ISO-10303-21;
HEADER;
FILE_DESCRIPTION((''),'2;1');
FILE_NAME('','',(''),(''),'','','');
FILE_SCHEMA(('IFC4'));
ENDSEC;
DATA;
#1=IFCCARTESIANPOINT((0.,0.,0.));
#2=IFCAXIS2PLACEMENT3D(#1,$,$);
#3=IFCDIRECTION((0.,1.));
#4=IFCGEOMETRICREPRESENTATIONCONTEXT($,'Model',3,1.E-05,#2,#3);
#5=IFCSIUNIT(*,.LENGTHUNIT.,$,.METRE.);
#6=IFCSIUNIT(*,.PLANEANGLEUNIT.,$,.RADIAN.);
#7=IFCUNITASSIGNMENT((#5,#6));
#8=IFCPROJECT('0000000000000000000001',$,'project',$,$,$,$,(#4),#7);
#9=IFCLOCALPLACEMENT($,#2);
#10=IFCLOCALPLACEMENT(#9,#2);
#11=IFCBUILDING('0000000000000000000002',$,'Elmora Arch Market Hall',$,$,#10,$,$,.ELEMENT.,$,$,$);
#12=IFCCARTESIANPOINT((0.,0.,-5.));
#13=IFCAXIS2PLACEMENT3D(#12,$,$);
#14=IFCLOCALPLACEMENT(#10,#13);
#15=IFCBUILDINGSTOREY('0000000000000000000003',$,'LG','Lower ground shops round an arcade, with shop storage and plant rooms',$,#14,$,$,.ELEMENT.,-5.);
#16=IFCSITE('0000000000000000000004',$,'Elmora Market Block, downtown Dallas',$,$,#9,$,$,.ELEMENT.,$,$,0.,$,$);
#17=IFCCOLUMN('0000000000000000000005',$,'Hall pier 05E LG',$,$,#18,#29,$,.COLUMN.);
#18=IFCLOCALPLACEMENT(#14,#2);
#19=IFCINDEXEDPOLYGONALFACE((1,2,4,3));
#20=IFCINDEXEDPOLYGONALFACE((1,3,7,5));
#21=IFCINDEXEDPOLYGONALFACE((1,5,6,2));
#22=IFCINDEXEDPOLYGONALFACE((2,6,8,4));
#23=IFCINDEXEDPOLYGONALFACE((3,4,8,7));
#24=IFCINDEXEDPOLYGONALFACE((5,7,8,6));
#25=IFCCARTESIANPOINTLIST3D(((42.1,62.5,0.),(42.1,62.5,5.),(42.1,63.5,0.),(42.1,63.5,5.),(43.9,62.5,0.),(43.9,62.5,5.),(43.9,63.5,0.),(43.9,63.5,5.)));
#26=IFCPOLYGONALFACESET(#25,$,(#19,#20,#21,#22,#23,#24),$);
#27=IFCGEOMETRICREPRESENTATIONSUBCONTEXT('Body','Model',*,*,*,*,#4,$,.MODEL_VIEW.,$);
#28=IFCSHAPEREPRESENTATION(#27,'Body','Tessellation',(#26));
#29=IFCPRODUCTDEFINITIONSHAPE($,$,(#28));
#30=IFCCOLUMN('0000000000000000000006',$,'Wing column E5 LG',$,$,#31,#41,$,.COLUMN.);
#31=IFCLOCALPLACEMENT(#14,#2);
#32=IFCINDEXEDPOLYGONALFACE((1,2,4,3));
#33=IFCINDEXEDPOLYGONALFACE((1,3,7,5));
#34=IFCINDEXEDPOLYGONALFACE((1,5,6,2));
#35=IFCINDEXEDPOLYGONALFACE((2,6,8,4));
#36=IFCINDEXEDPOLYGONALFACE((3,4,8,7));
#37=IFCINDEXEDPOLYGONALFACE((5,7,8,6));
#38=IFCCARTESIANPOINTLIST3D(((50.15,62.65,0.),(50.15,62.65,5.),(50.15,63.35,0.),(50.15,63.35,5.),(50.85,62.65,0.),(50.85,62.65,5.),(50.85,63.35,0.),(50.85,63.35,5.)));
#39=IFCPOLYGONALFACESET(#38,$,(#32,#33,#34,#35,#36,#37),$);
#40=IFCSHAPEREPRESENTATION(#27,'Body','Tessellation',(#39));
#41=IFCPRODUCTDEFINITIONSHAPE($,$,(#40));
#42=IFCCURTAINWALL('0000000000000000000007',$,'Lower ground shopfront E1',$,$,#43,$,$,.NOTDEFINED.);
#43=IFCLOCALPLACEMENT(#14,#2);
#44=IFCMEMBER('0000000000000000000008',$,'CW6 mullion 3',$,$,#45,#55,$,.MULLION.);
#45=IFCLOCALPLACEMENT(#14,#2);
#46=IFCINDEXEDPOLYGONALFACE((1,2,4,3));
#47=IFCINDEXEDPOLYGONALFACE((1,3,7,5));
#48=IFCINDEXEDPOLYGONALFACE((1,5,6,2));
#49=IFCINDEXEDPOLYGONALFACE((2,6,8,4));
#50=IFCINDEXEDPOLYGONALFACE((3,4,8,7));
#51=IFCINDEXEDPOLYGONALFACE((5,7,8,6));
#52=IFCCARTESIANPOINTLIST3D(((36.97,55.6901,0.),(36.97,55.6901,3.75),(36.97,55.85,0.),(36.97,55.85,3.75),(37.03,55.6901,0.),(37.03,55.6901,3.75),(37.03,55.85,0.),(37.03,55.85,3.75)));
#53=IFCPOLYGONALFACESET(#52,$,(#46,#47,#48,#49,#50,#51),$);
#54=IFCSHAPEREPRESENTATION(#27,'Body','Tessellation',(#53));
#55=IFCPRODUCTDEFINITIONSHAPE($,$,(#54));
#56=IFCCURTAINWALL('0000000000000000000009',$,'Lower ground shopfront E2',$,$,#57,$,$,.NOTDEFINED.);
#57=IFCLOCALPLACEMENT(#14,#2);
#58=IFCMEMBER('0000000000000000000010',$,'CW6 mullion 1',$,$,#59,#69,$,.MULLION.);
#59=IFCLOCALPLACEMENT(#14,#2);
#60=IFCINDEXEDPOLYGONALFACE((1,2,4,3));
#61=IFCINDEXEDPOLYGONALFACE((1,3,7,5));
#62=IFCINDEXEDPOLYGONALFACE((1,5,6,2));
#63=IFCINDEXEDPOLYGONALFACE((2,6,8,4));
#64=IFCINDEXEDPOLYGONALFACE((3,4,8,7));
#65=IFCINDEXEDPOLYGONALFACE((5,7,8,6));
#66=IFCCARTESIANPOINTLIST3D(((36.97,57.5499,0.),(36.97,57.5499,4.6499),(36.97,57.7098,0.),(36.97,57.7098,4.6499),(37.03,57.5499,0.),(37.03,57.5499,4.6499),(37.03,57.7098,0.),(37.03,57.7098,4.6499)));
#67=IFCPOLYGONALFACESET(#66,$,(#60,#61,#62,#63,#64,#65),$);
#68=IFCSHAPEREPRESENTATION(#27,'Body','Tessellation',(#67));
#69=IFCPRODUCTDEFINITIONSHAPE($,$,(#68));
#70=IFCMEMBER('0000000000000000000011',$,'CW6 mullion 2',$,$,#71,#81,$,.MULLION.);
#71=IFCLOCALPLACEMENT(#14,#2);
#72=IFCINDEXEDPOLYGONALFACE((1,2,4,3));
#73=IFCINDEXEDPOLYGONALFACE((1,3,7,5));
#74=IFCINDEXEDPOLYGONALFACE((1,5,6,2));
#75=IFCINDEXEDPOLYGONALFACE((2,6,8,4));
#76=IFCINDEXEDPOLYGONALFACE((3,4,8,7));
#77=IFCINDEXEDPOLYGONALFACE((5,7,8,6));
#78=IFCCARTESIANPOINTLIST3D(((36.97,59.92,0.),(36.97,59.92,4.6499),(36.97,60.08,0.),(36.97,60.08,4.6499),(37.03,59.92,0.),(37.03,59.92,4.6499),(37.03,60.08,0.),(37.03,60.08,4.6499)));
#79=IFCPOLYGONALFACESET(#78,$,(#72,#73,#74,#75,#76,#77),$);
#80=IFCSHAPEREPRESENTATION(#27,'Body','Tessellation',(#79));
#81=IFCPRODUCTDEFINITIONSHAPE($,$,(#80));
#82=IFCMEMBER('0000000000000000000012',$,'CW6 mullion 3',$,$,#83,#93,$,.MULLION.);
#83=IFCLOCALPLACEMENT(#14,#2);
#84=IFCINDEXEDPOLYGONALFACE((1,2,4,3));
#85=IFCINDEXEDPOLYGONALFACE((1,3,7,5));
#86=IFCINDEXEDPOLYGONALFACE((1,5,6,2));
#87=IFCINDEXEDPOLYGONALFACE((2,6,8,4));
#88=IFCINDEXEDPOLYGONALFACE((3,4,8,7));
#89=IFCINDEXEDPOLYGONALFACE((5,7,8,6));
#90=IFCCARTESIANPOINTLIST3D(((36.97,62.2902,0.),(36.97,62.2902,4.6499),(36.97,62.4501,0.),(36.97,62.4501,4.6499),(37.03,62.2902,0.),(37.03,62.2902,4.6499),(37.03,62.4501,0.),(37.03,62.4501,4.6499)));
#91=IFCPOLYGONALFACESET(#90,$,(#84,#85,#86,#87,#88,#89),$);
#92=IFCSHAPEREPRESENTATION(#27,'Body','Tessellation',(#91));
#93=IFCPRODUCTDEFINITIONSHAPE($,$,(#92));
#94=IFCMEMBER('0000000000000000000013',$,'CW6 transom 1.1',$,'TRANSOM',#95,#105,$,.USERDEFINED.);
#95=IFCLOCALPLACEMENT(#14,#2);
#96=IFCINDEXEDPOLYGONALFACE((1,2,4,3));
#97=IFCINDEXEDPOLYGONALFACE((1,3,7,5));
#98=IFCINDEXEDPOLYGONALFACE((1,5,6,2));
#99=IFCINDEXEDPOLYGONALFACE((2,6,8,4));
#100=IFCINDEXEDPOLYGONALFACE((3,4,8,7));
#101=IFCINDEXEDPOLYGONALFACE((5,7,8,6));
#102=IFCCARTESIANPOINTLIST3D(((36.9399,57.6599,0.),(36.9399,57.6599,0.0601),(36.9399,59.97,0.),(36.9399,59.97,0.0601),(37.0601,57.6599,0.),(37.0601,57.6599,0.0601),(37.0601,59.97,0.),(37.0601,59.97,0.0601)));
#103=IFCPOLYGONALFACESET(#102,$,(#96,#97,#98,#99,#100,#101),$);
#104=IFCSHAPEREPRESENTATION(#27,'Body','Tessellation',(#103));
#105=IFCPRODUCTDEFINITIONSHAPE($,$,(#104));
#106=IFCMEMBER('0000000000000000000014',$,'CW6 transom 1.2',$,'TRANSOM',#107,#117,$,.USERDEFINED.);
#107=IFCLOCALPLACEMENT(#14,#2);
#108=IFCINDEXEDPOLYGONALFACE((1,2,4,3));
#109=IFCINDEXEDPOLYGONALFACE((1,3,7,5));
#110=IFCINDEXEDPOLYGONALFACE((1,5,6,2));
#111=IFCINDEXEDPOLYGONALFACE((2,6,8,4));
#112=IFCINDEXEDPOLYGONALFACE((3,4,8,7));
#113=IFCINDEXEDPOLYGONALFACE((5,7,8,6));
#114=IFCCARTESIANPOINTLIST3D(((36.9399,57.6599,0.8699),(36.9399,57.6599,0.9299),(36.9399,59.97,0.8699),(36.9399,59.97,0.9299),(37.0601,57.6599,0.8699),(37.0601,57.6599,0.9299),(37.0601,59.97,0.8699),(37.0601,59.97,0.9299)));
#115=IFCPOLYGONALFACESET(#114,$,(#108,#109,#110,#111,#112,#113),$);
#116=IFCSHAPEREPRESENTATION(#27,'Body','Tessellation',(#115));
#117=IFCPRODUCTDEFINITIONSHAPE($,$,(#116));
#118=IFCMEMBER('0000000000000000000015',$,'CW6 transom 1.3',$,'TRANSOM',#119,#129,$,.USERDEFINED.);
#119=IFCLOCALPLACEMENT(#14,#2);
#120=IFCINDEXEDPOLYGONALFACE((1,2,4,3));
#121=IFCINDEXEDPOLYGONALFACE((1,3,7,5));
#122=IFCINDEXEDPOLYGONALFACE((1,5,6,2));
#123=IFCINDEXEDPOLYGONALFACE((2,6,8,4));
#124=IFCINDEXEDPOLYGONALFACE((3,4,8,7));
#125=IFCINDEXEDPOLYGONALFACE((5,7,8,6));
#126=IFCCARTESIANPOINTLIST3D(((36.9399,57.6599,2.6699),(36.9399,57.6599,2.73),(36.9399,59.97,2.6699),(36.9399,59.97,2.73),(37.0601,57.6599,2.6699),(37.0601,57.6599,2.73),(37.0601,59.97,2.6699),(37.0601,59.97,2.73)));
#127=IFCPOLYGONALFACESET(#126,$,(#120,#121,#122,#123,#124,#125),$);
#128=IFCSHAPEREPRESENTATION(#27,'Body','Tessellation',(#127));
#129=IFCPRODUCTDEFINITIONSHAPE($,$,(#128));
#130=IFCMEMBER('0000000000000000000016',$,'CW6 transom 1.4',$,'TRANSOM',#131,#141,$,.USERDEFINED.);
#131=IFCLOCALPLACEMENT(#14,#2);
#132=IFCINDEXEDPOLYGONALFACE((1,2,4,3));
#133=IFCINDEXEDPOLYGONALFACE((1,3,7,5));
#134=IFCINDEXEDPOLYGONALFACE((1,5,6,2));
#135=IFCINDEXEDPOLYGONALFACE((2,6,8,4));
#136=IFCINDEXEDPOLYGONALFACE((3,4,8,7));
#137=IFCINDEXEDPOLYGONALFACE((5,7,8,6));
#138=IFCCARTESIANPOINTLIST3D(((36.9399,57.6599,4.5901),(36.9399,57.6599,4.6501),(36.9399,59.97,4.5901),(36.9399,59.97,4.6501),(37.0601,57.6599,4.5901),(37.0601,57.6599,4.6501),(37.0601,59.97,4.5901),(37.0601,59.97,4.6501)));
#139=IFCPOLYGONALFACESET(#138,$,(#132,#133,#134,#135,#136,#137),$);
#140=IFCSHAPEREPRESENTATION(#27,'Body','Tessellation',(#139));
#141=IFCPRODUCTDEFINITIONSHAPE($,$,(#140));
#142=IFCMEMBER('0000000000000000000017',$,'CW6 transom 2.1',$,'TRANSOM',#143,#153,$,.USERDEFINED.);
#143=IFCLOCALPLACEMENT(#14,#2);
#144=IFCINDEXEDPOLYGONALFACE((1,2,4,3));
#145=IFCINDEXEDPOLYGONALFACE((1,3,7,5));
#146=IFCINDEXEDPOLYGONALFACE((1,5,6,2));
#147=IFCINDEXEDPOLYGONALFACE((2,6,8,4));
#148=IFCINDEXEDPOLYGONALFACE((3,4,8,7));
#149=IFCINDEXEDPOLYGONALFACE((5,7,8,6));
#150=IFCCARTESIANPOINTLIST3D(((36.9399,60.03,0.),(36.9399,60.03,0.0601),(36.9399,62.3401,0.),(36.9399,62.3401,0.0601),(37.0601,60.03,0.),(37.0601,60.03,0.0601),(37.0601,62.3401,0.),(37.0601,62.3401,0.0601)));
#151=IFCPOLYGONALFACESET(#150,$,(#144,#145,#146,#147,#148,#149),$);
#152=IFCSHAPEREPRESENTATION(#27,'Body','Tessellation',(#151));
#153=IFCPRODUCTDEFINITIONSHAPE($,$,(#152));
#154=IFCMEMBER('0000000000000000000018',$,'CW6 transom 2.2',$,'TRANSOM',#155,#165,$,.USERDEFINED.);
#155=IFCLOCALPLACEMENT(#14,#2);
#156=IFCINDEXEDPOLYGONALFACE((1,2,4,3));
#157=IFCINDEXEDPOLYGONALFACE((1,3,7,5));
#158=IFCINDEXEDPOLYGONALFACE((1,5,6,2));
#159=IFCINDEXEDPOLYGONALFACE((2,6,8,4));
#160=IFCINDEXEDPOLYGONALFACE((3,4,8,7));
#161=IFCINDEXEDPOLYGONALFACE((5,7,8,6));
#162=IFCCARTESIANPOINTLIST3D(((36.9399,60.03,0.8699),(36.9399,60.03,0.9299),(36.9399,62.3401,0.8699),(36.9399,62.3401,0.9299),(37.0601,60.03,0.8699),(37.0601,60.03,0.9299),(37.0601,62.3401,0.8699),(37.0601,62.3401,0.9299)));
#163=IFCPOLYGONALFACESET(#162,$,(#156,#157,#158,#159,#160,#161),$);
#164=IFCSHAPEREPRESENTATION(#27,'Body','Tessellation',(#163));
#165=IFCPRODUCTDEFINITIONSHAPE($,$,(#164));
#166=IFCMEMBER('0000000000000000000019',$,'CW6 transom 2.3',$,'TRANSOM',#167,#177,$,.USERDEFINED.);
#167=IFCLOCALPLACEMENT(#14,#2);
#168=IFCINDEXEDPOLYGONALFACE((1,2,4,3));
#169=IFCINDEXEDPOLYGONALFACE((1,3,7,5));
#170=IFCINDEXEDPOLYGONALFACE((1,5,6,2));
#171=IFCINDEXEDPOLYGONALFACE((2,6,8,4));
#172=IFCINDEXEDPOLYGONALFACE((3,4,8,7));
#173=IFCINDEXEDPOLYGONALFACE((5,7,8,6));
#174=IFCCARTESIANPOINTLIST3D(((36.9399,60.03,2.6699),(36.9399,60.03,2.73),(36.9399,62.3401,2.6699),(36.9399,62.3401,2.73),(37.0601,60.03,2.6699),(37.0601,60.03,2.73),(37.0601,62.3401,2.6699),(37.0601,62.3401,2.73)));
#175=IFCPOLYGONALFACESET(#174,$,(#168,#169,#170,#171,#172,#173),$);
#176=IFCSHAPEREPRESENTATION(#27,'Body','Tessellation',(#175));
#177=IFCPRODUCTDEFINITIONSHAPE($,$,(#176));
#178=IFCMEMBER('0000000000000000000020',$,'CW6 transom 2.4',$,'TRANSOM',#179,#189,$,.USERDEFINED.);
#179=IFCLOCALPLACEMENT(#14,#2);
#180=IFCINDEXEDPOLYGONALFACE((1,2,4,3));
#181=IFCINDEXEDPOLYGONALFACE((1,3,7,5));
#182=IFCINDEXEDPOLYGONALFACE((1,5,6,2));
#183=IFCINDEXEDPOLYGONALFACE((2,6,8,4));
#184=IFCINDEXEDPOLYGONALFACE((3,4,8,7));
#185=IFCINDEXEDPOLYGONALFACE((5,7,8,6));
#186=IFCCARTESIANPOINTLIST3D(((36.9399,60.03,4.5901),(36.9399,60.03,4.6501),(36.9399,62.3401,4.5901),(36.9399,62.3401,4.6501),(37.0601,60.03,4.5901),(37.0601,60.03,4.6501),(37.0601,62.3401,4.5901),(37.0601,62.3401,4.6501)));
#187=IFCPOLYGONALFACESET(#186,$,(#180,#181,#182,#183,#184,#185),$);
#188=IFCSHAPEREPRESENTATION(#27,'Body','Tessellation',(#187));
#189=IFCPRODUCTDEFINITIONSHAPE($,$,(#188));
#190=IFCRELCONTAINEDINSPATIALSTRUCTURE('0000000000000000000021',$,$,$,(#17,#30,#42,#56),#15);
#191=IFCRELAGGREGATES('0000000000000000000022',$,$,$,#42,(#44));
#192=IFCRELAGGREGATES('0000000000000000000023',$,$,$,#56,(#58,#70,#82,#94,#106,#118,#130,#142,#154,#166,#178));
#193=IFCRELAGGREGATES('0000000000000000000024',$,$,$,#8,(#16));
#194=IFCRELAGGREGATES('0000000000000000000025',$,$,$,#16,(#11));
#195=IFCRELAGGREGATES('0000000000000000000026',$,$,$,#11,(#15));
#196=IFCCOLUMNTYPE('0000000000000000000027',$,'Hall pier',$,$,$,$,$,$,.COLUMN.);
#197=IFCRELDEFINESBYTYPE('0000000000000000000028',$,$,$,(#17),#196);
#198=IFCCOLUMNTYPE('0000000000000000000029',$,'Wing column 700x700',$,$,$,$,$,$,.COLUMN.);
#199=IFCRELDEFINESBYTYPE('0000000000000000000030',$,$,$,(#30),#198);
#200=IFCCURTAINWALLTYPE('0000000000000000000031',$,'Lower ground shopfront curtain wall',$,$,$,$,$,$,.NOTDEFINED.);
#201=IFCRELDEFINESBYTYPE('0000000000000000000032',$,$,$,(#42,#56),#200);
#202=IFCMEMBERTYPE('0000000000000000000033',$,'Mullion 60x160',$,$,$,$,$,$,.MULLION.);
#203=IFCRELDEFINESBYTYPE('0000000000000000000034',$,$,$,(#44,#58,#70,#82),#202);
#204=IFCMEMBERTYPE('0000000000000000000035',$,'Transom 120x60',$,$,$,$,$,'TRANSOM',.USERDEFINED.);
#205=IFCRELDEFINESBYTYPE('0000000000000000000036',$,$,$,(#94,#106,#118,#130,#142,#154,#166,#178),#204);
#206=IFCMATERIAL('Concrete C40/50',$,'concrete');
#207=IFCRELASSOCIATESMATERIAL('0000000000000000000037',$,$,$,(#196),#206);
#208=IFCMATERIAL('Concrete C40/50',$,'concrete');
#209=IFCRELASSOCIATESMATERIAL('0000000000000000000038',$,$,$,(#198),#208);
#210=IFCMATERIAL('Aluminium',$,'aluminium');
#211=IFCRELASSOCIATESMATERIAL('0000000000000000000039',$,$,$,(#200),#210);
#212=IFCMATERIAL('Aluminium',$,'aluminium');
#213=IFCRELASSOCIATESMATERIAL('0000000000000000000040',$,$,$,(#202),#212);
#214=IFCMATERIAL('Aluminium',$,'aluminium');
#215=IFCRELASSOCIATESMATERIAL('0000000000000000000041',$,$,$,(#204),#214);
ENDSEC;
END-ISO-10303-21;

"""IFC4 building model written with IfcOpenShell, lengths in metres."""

from ifc_helpers import new_model, si_unit, direction, frame, origin, origin_2d, place, context, subcontext, project, spatial, rectangle, extrude, material, material_profile, profile_set, type_object, element, aggregate, save


model = new_model("IFC4")

# Units and contexts
model_context = context("Model", 3, precision=1e-05, world=origin(), true_north=direction((0.0, 1.0)))
body_context = subcontext(model_context, "Body", "Model", "MODEL_VIEW")
ifc_project = project(units=[si_unit("LENGTHUNIT", "METRE"), si_unit("PLANEANGLEUNIT", "RADIAN")], contexts=[model_context])

# Site, building, storey
site_placement = place(None, origin())
site = spatial("IfcSite", under=ifc_project, at=site_placement, Name="Elmora Market Block, downtown Dallas", CompositionType="ELEMENT", RefElevation=0.0)
building_placement = place(site_placement, origin())
building = spatial("IfcBuilding", under=site, at=building_placement, Name="Elmora Arch Market Hall", CompositionType="ELEMENT")
storey_placement = place(building_placement, frame((0.0, 0.0, -5.0)))
storey = spatial("IfcBuildingStorey", under=building, at=storey_placement, Name="LG", Description="Lower ground shops round an arcade, with shop storage and plant rooms", CompositionType="ELEMENT", Elevation=-5.0)

# Columns
ifc_material_1 = material(Name="Concrete C40/50", Category="concrete")
ifc_material_profile_1 = material_profile(ifc_material_1, rectangle(XDim=1.8, YDim=1.0, at=origin_2d()), Name="Hall pier")
ifc_profile_set_1 = profile_set([ifc_material_profile_1], Name="Concrete C40/50")
column_type_1 = type_object("IfcColumnType", Name="Hall pier", PredefinedType="COLUMN", material=ifc_profile_set_1)
column_1_placement = place(storey_placement, frame((43.0, 63.0, 0.0), z_axis=(0.0, 0.0, 1.0), x_axis=(1.0, 0.0, 0.0)))
element("IfcColumn", 1, at=column_1_placement, inside=storey, type_object=column_type_1, Name="Hall pier 05E LG", PredefinedType="COLUMN", context=body_context, shape_type="SweptSolid", body=[
    extrude(rectangle(XDim=1.8, YDim=1.0, at=origin_2d()), origin(), (0.0, 0.0, 1.0), 5.0),
])
ifc_material_2 = material(Name="Concrete C40/50", Category="concrete")
ifc_material_profile_2 = material_profile(ifc_material_2, rectangle(XDim=0.7, YDim=0.7, at=origin_2d()), Name="Wing column 700x700")
ifc_profile_set_2 = profile_set([ifc_material_profile_2], Name="Concrete C40/50")
column_type_2 = type_object("IfcColumnType", Name="Wing column 700x700", PredefinedType="COLUMN", material=ifc_profile_set_2)
column_2_placement = place(storey_placement, frame((50.5, 63.0, 0.0), z_axis=(0.0, 0.0, 1.0), x_axis=(1.0, 0.0, 0.0)))
element("IfcColumn", 2, at=column_2_placement, inside=storey, type_object=column_type_2, Name="Wing column E5 LG", PredefinedType="COLUMN", context=body_context, shape_type="SweptSolid", body=[
    extrude(rectangle(XDim=0.7, YDim=0.7, at=origin_2d()), origin(), (0.0, 0.0, 1.0), 5.0),
])

# Curtain wall, member
ifc_material_3 = material(Name="Aluminium", Category="aluminium")
curtain_wall_type = type_object("IfcCurtainWallType", Name="Lower ground shopfront curtain wall", PredefinedType="NOTDEFINED", material=ifc_material_3)
curtain_wall_1_placement = place(storey_placement, origin())
curtain_wall_1 = element("IfcCurtainWall", 3, at=curtain_wall_1_placement, inside=storey, type_object=curtain_wall_type, Name="Lower ground shopfront E1", PredefinedType="NOTDEFINED")
ifc_material_4 = material(Name="Aluminium", Category="aluminium")
ifc_material_profile_3 = material_profile(ifc_material_4, rectangle(XDim=0.0601, YDim=0.1599, at=origin_2d()), Name="AL 60x160")
ifc_profile_set_3 = profile_set([ifc_material_profile_3], Name="Aluminium")
member_type_1 = type_object("IfcMemberType", Name="Mullion 60x160", PredefinedType="MULLION", material=ifc_profile_set_3)
member_1_placement = place(storey_placement, frame((37.0, 55.77, 0.0), z_axis=(0.0, 0.0, 1.0), x_axis=(-1.0, 0.0, 0.0)))
member_1 = element("IfcMember", 4, at=member_1_placement, type_object=member_type_1, Name="CW6 mullion 3", PredefinedType="MULLION", context=body_context, shape_type="SweptSolid", body=[
    extrude(rectangle(XDim=0.0601, YDim=0.1599, at=origin_2d()), origin(), (0.0, 0.0, 1.0), 3.75),
])
aggregate(curtain_wall_1, [member_1])

# Curtain wall, members
curtain_wall_2_placement = place(storey_placement, origin())
curtain_wall_2 = element("IfcCurtainWall", 5, at=curtain_wall_2_placement, inside=storey, type_object=curtain_wall_type, Name="Lower ground shopfront E2", PredefinedType="NOTDEFINED")
member_2_placement = place(storey_placement, frame((37.0, 57.6299, 0.0), z_axis=(0.0, 0.0, 1.0), x_axis=(-1.0, 0.0, 0.0)))
member_2 = element("IfcMember", 6, at=member_2_placement, type_object=member_type_1, Name="CW6 mullion 1", PredefinedType="MULLION", context=body_context, shape_type="SweptSolid", body=[
    extrude(rectangle(XDim=0.0601, YDim=0.1599, at=origin_2d()), origin(), (0.0, 0.0, 1.0), 4.6499),
])
member_3_placement = place(storey_placement, frame((37.0, 60.0, 0.0), z_axis=(0.0, 0.0, 1.0), x_axis=(-1.0, 0.0, 0.0)))
member_3 = element("IfcMember", 7, at=member_3_placement, type_object=member_type_1, Name="CW6 mullion 2", PredefinedType="MULLION", context=body_context, shape_type="SweptSolid", body=[
    extrude(rectangle(XDim=0.0601, YDim=0.1599, at=origin_2d()), origin(), (0.0, 0.0, 1.0), 4.6499),
])
member_4_placement = place(storey_placement, frame((37.0, 62.3701, 0.0), z_axis=(0.0, 0.0, 1.0), x_axis=(-1.0, 0.0, 0.0)))
member_4 = element("IfcMember", 8, at=member_4_placement, type_object=member_type_1, Name="CW6 mullion 3", PredefinedType="MULLION", context=body_context, shape_type="SweptSolid", body=[
    extrude(rectangle(XDim=0.0601, YDim=0.1599, at=origin_2d()), origin(), (0.0, 0.0, 1.0), 4.6499),
])
ifc_material_5 = material(Name="Aluminium", Category="aluminium")
ifc_material_profile_4 = material_profile(ifc_material_5, rectangle(XDim=0.1201, YDim=0.0601, at=origin_2d()), Name="AL 120x60")
ifc_profile_set_4 = profile_set([ifc_material_profile_4], Name="Aluminium")
member_type_2 = type_object("IfcMemberType", Name="Transom 120x60", ElementType="TRANSOM", PredefinedType="USERDEFINED", material=ifc_profile_set_4)
member_5_placement = place(storey_placement, frame((37.0, 57.6599, 0.03), z_axis=(0.0, 1.0, 0.0), x_axis=(-1.0, 0.0, 0.0)))
member_5 = element("IfcMember", 9, at=member_5_placement, type_object=member_type_2, Name="CW6 transom 1.1", ObjectType="TRANSOM", PredefinedType="USERDEFINED", context=body_context, shape_type="SweptSolid", body=[
    extrude(rectangle(XDim=0.1201, YDim=0.0601, at=origin_2d()), origin(), (0.0, 0.0, 1.0), 2.3101),
])
member_6_placement = place(storey_placement, frame((37.0, 57.6599, 0.8999), z_axis=(0.0, 1.0, 0.0), x_axis=(-1.0, 0.0, 0.0)))
member_6 = element("IfcMember", 10, at=member_6_placement, type_object=member_type_2, Name="CW6 transom 1.2", ObjectType="TRANSOM", PredefinedType="USERDEFINED", context=body_context, shape_type="SweptSolid", body=[
    extrude(rectangle(XDim=0.1201, YDim=0.0601, at=origin_2d()), origin(), (0.0, 0.0, 1.0), 2.3101),
])
member_7_placement = place(storey_placement, frame((37.0, 57.6599, 2.7), z_axis=(0.0, 1.0, 0.0), x_axis=(-1.0, 0.0, 0.0)))
member_7 = element("IfcMember", 11, at=member_7_placement, type_object=member_type_2, Name="CW6 transom 1.3", ObjectType="TRANSOM", PredefinedType="USERDEFINED", context=body_context, shape_type="SweptSolid", body=[
    extrude(rectangle(XDim=0.1201, YDim=0.0601, at=origin_2d()), origin(), (0.0, 0.0, 1.0), 2.3101),
])
member_8_placement = place(storey_placement, frame((37.0, 57.6599, 4.6201), z_axis=(0.0, 1.0, 0.0), x_axis=(-1.0, 0.0, 0.0)))
member_8 = element("IfcMember", 12, at=member_8_placement, type_object=member_type_2, Name="CW6 transom 1.4", ObjectType="TRANSOM", PredefinedType="USERDEFINED", context=body_context, shape_type="SweptSolid", body=[
    extrude(rectangle(XDim=0.1201, YDim=0.0601, at=origin_2d()), origin(), (0.0, 0.0, 1.0), 2.3101),
])
member_9_placement = place(storey_placement, frame((37.0, 60.03, 0.03), z_axis=(0.0, 1.0, 0.0), x_axis=(-1.0, 0.0, 0.0)))
member_9 = element("IfcMember", 13, at=member_9_placement, type_object=member_type_2, Name="CW6 transom 2.1", ObjectType="TRANSOM", PredefinedType="USERDEFINED", context=body_context, shape_type="SweptSolid", body=[
    extrude(rectangle(XDim=0.1201, YDim=0.0601, at=origin_2d()), origin(), (0.0, 0.0, 1.0), 2.3101),
])
member_10_placement = place(storey_placement, frame((37.0, 60.03, 0.8999), z_axis=(0.0, 1.0, 0.0), x_axis=(-1.0, 0.0, 0.0)))
member_10 = element("IfcMember", 14, at=member_10_placement, type_object=member_type_2, Name="CW6 transom 2.2", ObjectType="TRANSOM", PredefinedType="USERDEFINED", context=body_context, shape_type="SweptSolid", body=[
    extrude(rectangle(XDim=0.1201, YDim=0.0601, at=origin_2d()), origin(), (0.0, 0.0, 1.0), 2.3101),
])
member_11_placement = place(storey_placement, frame((37.0, 60.03, 2.7), z_axis=(0.0, 1.0, 0.0), x_axis=(-1.0, 0.0, 0.0)))
member_11 = element("IfcMember", 15, at=member_11_placement, type_object=member_type_2, Name="CW6 transom 2.3", ObjectType="TRANSOM", PredefinedType="USERDEFINED", context=body_context, shape_type="SweptSolid", body=[
    extrude(rectangle(XDim=0.1201, YDim=0.0601, at=origin_2d()), origin(), (0.0, 0.0, 1.0), 2.3101),
])
member_12_placement = place(storey_placement, frame((37.0, 60.03, 4.6201), z_axis=(0.0, 1.0, 0.0), x_axis=(-1.0, 0.0, 0.0)))
member_12 = element("IfcMember", 16, at=member_12_placement, type_object=member_type_2, Name="CW6 transom 2.4", ObjectType="TRANSOM", PredefinedType="USERDEFINED", context=body_context, shape_type="SweptSolid", body=[
    extrude(rectangle(XDim=0.1201, YDim=0.0601, at=origin_2d()), origin(), (0.0, 0.0, 1.0), 2.3101),
])

aggregate(curtain_wall_2, [member_2, member_3, member_4, member_5, member_6, member_7, member_8, member_9, member_10, member_11, member_12])

save(model, "model.ifc")
